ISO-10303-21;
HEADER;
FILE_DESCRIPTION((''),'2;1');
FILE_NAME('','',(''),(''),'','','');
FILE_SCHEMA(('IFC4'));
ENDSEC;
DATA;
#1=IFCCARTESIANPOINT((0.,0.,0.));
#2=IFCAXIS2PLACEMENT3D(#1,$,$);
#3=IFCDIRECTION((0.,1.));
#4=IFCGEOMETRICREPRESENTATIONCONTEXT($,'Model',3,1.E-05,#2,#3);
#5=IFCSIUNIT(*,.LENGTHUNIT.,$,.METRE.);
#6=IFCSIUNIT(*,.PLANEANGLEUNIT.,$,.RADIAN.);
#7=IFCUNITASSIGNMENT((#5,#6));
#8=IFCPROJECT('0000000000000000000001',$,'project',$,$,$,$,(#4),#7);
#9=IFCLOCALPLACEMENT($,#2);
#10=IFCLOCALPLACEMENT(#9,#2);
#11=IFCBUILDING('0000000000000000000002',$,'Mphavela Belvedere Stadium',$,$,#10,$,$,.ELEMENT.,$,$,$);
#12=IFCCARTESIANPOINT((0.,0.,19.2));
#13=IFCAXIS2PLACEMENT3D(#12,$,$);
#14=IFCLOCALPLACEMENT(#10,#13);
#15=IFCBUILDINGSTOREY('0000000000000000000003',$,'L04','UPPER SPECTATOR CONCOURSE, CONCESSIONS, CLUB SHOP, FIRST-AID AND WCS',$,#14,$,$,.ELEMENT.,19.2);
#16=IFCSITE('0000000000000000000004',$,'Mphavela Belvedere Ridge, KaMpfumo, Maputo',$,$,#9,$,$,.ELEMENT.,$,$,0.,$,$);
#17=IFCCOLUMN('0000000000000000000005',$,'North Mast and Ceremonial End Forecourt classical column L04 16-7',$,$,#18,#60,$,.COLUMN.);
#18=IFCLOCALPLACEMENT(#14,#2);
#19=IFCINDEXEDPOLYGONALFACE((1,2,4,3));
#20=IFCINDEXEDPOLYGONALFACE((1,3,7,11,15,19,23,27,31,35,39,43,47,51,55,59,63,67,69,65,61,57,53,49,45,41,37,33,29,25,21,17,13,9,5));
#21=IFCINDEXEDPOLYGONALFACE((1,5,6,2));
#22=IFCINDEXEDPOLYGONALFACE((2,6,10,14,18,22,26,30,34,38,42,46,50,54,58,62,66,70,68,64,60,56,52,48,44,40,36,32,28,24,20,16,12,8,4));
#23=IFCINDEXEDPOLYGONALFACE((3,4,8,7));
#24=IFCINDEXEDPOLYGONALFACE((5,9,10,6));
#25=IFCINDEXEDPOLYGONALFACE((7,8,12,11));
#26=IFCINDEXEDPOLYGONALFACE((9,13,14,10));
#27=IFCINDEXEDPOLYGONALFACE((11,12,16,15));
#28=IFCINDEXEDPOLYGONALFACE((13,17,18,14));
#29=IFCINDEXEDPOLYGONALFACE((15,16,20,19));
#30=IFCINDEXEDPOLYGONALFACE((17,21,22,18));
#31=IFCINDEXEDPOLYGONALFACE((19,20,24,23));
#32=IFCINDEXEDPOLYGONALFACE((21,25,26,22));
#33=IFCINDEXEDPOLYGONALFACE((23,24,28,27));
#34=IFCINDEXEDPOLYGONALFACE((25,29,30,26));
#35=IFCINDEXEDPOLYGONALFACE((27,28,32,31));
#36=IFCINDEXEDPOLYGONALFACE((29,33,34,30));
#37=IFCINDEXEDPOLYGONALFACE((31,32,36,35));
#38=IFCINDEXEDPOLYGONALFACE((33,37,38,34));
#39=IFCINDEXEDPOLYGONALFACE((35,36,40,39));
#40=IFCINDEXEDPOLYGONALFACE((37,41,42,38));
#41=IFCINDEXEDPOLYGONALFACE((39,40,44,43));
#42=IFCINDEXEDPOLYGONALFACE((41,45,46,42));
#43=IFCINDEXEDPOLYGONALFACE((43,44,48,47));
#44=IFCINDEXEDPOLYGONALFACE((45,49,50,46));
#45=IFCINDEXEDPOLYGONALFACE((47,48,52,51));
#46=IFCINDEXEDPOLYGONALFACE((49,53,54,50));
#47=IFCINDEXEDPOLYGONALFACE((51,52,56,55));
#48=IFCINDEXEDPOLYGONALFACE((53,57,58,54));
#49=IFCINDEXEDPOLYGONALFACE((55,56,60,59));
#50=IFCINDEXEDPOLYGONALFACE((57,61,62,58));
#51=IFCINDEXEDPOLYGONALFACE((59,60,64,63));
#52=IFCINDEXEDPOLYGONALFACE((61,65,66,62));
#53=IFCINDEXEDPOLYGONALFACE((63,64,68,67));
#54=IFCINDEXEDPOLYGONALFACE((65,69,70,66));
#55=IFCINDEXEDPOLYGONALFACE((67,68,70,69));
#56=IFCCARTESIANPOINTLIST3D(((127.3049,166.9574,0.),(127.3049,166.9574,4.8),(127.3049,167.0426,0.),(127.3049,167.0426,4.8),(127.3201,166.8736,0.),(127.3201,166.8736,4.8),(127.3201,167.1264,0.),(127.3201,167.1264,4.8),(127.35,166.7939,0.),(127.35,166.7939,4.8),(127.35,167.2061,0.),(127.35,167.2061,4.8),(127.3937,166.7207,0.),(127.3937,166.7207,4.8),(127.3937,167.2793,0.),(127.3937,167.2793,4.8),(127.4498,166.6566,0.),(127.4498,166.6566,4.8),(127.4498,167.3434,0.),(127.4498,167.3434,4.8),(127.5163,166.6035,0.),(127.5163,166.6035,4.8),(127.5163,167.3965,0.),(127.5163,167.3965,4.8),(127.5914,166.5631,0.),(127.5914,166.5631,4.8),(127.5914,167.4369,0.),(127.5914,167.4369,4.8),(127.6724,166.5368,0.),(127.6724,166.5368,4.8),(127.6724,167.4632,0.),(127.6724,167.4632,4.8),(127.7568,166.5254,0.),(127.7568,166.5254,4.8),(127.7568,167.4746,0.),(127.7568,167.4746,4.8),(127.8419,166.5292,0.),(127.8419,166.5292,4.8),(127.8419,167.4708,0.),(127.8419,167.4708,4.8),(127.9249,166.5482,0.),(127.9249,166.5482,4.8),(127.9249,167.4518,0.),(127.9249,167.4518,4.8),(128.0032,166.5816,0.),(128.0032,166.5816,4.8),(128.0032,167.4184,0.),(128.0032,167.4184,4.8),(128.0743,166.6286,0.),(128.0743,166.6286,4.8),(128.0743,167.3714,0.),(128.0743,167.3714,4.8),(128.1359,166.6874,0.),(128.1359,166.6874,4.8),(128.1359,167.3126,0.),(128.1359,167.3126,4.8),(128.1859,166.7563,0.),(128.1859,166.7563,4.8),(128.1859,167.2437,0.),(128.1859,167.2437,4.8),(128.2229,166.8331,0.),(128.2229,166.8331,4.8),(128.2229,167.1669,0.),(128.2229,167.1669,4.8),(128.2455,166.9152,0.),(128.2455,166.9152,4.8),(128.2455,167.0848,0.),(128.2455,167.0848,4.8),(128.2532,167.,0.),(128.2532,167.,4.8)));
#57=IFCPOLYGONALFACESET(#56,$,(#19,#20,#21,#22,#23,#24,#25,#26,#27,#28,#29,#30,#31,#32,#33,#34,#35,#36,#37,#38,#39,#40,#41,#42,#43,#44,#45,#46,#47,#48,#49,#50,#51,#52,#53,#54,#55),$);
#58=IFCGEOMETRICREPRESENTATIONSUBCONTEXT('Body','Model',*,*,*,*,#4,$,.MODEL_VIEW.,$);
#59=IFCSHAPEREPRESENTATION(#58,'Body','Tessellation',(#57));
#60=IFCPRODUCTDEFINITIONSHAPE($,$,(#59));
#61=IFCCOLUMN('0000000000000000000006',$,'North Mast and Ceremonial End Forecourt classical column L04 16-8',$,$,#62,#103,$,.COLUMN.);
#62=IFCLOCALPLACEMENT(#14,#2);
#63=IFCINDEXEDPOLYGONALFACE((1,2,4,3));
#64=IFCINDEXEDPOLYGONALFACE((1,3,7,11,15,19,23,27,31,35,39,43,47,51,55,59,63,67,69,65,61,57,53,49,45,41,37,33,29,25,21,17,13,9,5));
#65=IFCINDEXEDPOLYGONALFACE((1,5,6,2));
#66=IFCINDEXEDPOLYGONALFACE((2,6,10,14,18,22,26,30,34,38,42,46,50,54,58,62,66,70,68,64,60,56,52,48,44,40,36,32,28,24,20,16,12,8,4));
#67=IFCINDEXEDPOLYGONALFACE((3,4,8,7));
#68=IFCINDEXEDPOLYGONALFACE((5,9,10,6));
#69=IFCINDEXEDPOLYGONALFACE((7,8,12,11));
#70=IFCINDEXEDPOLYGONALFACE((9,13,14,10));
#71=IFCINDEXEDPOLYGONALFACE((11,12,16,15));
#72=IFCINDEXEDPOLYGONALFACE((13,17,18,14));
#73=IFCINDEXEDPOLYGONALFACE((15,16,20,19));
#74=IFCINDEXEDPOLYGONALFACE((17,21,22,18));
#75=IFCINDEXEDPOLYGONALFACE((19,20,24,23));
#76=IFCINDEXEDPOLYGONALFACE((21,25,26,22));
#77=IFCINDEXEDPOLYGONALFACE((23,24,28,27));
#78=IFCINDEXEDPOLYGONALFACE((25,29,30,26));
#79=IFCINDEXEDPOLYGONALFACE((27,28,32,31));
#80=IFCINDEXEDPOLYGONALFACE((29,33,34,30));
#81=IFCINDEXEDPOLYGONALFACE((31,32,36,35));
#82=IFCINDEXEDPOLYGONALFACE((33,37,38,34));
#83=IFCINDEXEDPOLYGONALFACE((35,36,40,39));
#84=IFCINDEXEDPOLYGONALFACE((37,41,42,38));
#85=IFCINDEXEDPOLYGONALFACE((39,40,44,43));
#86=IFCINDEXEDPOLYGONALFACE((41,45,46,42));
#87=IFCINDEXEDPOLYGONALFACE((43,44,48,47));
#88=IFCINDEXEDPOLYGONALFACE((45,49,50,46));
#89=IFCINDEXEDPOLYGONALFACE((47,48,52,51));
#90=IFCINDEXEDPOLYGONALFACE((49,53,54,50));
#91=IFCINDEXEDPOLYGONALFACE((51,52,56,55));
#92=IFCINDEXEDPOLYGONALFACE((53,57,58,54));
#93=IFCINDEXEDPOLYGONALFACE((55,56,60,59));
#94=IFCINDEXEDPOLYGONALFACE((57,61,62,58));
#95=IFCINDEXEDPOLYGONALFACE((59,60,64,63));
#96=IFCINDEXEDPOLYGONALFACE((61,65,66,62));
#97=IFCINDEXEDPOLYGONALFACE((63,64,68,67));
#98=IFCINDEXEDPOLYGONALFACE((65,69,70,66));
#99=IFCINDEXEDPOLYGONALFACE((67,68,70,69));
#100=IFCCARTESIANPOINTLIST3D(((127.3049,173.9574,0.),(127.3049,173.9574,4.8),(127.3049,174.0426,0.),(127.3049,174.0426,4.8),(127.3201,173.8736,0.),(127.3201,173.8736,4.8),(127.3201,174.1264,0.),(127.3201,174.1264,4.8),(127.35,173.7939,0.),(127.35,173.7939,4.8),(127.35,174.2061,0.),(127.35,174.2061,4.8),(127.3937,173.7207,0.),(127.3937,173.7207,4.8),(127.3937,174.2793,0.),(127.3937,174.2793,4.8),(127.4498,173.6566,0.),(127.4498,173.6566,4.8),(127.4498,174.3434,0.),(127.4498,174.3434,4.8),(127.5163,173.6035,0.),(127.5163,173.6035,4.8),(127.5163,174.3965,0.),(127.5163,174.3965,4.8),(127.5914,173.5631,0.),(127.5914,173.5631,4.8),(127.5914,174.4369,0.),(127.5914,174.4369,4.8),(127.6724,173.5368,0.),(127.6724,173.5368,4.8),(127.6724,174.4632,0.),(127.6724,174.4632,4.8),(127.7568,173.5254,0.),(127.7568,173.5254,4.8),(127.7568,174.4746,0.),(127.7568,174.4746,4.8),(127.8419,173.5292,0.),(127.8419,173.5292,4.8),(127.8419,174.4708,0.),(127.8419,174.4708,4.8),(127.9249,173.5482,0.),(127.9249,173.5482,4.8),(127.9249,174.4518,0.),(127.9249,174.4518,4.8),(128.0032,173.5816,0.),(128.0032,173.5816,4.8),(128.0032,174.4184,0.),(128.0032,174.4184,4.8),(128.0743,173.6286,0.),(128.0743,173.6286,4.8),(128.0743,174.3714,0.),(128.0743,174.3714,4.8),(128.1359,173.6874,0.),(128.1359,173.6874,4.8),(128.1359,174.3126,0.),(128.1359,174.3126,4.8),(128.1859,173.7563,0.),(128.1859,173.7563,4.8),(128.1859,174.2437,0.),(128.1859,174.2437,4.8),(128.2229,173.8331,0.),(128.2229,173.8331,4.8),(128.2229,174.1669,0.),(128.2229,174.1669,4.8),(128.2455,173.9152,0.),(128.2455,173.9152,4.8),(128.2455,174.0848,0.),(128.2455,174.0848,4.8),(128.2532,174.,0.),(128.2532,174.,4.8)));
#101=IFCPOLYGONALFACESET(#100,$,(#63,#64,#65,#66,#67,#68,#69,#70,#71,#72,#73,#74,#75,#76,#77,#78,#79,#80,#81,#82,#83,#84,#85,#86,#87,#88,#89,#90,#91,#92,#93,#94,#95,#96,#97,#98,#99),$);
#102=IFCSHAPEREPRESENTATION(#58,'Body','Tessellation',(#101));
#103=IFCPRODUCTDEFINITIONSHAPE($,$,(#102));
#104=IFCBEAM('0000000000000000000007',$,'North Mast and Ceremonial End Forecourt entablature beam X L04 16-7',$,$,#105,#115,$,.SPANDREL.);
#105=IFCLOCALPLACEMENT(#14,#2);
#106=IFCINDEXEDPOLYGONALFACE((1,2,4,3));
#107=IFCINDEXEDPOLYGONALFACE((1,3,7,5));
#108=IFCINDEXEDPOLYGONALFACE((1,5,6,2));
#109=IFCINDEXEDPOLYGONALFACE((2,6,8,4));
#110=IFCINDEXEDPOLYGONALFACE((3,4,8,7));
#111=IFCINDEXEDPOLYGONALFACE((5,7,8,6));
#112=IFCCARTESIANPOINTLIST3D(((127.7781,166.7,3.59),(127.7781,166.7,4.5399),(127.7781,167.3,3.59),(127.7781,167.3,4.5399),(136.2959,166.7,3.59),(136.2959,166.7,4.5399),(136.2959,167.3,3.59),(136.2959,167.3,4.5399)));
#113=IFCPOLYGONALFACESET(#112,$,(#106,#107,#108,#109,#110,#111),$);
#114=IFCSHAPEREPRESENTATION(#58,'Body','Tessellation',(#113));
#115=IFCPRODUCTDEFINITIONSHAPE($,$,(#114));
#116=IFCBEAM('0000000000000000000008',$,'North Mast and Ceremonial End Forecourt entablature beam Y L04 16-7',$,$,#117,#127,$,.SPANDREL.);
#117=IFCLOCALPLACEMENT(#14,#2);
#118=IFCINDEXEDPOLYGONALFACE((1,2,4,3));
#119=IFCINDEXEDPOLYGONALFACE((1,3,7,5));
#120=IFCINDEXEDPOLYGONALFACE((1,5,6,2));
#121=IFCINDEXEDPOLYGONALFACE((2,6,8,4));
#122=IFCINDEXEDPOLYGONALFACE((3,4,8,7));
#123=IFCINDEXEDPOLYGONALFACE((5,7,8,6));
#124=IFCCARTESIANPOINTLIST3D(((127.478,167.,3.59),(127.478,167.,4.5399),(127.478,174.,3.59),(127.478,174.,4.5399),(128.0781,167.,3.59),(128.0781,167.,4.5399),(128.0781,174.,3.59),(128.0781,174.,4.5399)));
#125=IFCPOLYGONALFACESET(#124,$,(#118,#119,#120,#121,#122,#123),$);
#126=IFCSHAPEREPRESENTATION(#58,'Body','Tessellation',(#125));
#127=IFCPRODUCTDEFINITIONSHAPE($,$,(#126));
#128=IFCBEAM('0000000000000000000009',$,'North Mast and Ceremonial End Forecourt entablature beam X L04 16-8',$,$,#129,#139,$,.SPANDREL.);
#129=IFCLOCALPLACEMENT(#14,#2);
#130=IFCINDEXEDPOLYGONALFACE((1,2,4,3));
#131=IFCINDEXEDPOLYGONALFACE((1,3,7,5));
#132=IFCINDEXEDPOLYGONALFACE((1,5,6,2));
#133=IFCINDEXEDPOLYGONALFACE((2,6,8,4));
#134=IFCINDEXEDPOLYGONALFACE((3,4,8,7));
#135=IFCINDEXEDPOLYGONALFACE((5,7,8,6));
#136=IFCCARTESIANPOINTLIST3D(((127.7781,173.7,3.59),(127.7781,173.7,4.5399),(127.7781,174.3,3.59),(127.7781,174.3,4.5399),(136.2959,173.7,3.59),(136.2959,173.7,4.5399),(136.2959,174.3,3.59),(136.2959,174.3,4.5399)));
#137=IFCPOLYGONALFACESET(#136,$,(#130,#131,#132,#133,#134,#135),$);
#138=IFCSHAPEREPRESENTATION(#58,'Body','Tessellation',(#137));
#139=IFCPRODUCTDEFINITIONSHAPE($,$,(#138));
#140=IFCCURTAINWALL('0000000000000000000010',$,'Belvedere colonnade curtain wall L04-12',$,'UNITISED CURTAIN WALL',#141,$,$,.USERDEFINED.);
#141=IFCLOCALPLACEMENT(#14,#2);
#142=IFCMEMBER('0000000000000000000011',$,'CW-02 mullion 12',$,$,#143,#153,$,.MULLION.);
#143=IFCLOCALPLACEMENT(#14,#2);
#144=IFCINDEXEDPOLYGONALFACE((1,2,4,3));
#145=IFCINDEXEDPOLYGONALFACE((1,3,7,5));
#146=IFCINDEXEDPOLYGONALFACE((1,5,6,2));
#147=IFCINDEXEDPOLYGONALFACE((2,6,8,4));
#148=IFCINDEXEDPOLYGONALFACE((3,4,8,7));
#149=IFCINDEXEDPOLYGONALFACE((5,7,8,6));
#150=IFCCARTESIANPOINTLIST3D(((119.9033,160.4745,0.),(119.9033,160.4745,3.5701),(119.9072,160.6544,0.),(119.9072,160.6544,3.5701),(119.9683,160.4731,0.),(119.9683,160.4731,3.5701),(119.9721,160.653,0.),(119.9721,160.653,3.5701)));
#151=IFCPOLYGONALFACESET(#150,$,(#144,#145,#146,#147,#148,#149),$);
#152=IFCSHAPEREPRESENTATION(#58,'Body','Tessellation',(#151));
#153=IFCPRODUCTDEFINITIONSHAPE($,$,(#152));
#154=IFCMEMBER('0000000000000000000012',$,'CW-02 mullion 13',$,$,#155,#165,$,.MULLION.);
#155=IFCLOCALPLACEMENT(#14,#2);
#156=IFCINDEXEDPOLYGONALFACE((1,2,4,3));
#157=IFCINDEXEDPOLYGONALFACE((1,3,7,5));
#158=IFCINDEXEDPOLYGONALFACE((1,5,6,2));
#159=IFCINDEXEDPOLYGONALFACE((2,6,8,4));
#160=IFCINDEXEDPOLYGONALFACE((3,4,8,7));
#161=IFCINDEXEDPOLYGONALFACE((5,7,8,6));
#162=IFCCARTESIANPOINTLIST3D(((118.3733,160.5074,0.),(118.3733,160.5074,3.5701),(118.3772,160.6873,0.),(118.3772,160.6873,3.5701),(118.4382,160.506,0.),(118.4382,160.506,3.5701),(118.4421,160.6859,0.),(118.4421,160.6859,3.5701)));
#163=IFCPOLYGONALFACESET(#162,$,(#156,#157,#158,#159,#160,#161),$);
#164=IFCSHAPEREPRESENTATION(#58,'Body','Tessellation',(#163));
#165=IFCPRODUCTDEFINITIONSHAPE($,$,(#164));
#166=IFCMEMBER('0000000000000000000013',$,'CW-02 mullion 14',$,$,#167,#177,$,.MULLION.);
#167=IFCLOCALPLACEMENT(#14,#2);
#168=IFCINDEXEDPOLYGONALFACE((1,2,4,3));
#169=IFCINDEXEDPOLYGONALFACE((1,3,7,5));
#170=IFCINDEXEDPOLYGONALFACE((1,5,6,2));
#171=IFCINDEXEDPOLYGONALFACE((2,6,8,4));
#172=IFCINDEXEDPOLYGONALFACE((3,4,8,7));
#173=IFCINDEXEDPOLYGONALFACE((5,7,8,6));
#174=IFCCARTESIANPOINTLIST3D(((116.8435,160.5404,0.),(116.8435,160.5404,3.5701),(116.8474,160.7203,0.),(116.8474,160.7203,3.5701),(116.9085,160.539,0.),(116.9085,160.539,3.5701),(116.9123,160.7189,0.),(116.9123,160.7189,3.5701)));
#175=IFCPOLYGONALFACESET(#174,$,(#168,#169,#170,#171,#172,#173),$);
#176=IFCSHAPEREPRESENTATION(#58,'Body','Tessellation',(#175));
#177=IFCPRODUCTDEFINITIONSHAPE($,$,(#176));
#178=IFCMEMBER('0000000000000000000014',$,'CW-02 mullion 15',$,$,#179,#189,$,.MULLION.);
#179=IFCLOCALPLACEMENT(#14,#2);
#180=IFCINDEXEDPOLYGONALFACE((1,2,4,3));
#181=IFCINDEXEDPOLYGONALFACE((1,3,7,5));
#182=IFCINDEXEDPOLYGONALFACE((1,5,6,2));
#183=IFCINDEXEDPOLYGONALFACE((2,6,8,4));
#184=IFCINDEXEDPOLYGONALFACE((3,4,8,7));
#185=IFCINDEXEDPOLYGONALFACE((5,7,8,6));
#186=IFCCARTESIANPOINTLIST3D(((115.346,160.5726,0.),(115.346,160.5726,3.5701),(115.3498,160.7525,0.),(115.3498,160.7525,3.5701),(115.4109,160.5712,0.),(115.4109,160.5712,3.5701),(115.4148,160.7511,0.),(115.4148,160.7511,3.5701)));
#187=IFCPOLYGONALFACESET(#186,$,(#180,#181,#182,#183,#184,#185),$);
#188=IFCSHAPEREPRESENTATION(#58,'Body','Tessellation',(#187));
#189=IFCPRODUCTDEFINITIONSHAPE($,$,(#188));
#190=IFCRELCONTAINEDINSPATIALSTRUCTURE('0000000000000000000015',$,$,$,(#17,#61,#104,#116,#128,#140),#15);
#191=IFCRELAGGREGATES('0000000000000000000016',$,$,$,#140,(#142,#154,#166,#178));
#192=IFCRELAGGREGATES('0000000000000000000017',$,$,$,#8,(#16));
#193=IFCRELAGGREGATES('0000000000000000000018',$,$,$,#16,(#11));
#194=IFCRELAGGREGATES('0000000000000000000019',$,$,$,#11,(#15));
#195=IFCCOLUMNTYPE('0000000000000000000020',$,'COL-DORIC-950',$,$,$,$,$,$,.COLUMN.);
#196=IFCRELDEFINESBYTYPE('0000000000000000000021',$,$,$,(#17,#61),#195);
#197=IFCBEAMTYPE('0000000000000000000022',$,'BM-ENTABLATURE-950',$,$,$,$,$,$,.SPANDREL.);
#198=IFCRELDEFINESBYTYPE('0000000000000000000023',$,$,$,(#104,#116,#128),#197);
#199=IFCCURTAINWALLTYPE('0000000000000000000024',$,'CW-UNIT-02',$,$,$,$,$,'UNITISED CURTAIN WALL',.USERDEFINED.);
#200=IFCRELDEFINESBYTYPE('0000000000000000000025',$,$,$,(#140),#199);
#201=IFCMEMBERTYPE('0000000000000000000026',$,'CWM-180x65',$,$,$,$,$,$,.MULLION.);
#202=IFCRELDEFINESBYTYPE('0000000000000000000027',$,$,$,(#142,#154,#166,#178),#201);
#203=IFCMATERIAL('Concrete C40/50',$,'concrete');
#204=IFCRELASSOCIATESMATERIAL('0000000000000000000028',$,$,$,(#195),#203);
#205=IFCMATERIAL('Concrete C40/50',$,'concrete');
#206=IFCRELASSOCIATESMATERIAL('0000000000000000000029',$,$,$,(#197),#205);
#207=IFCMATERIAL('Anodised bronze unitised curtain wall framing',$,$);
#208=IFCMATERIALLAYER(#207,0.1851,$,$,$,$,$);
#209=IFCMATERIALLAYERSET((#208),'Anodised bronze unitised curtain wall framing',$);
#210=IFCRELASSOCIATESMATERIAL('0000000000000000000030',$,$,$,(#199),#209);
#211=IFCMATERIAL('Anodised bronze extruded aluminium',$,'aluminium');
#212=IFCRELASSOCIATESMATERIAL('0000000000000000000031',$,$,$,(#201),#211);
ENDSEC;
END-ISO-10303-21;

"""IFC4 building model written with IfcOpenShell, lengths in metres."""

from ifc_helpers import new_model, si_unit, direction, frame, origin, origin_2d, place, context, subcontext, project, spatial, rectangle, circle, extrude, material, layer, layer_set, material_profile, profile_set, type_object, element, aggregate, save


model = new_model("IFC4")

# Units and contexts
model_context = context("Model", 3, precision=1e-05, world=origin(), true_north=direction((0.0, 1.0)))
body_context = subcontext(model_context, "Body", "Model", "MODEL_VIEW")
ifc_project = project(units=[si_unit("LENGTHUNIT", "METRE"), si_unit("PLANEANGLEUNIT", "RADIAN")], contexts=[model_context])

# Site, building, storey
site_placement = place(None, origin())
site = spatial("IfcSite", under=ifc_project, at=site_placement, Name="Mphavela Belvedere Ridge, KaMpfumo, Maputo", CompositionType="ELEMENT", RefElevation=0.0)
building_placement = place(site_placement, origin())
building = spatial("IfcBuilding", under=site, at=building_placement, Name="Mphavela Belvedere Stadium", CompositionType="ELEMENT")
storey_placement = place(building_placement, frame((0.0, 0.0, 19.2)))
storey = spatial("IfcBuildingStorey", under=building, at=storey_placement, Name="L04", Description="UPPER SPECTATOR CONCOURSE, CONCESSIONS, CLUB SHOP, FIRST-AID AND WCS", CompositionType="ELEMENT", Elevation=19.2)

# Columns
ifc_material_1 = material(Name="Concrete C40/50", Category="concrete")
ifc_material_profile_1 = material_profile(ifc_material_1, circle(Radius=0.4751, at=origin_2d()), Name="COL D950")
ifc_profile_set_1 = profile_set([ifc_material_profile_1], Name="Concrete C40/50")
column_type = type_object("IfcColumnType", Name="COL-DORIC-950", PredefinedType="COLUMN", material=ifc_profile_set_1)
for number, where, z_axis, x_axis, name in (
    (1, (127.7781, 167.0, 0.0), (0.0, 0.0, 1.0), (1.0, 0.0, 0.0), "North Mast and Ceremonial End Forecourt classical column L04 16-7"),
    (2, (127.7781, 174.0, 0.0), (0.0, 0.0, 1.0), (1.0, 0.0, 0.0), "North Mast and Ceremonial End Forecourt classical column L04 16-8"),
):
    element("IfcColumn", number, at=place(storey_placement, frame(where, z_axis=z_axis, x_axis=x_axis)), inside=storey, type_object=column_type, Name=name, PredefinedType="COLUMN", context=body_context, shape_type="SweptSolid", body=[
        extrude(circle(Radius=0.4751, at=origin_2d()), origin(), (0.0, 0.0, 1.0), 4.8),
    ])

# Beams
ifc_material_2 = material(Name="Concrete C40/50", Category="concrete")
ifc_material_profile_2 = material_profile(ifc_material_2, rectangle(XDim=0.6001, YDim=0.95, at=origin_2d()), Name="RC 600x950")
ifc_profile_set_2 = profile_set([ifc_material_profile_2], Name="Concrete C40/50")
beam_type = type_object("IfcBeamType", Name="BM-ENTABLATURE-950", PredefinedType="SPANDREL", material=ifc_profile_set_2)
beam_1_placement = place(storey_placement, frame((127.7781, 167.0, 4.0649), z_axis=(1.0, 0.0, 0.0), x_axis=(0.0, 1.0, 0.0)))
element("IfcBeam", 3, at=beam_1_placement, inside=storey, type_object=beam_type, Name="North Mast and Ceremonial End Forecourt entablature beam X L04 16-7", PredefinedType="SPANDREL", context=body_context, shape_type="SweptSolid", body=[
    extrude(rectangle(XDim=0.6001, YDim=0.95, at=origin_2d()), origin(), (0.0, 0.0, 1.0), 8.5178),
])
beam_2_placement = place(storey_placement, frame((127.7781, 167.0, 4.0649), z_axis=(0.0, 1.0, 0.0), x_axis=(-1.0, 0.0, 0.0)))
element("IfcBeam", 4, at=beam_2_placement, inside=storey, type_object=beam_type, Name="North Mast and Ceremonial End Forecourt entablature beam Y L04 16-7", PredefinedType="SPANDREL", context=body_context, shape_type="SweptSolid", body=[
    extrude(rectangle(XDim=0.6001, YDim=0.95, at=origin_2d()), origin(), (0.0, 0.0, 1.0), 7.0),
])
beam_3_placement = place(storey_placement, frame((127.7781, 174.0, 4.0649), z_axis=(1.0, 0.0, 0.0), x_axis=(0.0, 1.0, 0.0)))
element("IfcBeam", 5, at=beam_3_placement, inside=storey, type_object=beam_type, Name="North Mast and Ceremonial End Forecourt entablature beam X L04 16-8", PredefinedType="SPANDREL", context=body_context, shape_type="SweptSolid", body=[
    extrude(rectangle(XDim=0.6001, YDim=0.95, at=origin_2d()), origin(), (0.0, 0.0, 1.0), 8.5178),
])

# Curtain wall, members
ifc_material_3 = material(Name="Anodised bronze unitised curtain wall framing")
ifc_layer_1 = layer(ifc_material_3, 0.1851)
ifc_layer_set_1 = layer_set([ifc_layer_1], Name="Anodised bronze unitised curtain wall framing")
curtain_wall_type = type_object("IfcCurtainWallType", Name="CW-UNIT-02", ElementType="UNITISED CURTAIN WALL", PredefinedType="USERDEFINED", material=ifc_layer_set_1)
curtain_wall_placement = place(storey_placement, origin())
curtain_wall = element("IfcCurtainWall", 6, at=curtain_wall_placement, inside=storey, type_object=curtain_wall_type, Name="Belvedere colonnade curtain wall L04-12", ObjectType="UNITISED CURTAIN WALL", PredefinedType="USERDEFINED")
ifc_material_4 = material(Name="Anodised bronze extruded aluminium", Category="aluminium")
ifc_material_profile_3 = material_profile(ifc_material_4, rectangle(XDim=0.1799, YDim=0.0649, at=origin_2d()), Name="CW-MUL 180x65")
ifc_profile_set_3 = profile_set([ifc_material_profile_3], Name="Anodised bronze extruded aluminium")
member_type_1 = type_object("IfcMemberType", Name="CWM-180x65", PredefinedType="MULLION", material=ifc_profile_set_3)
member_1_placement = place(storey_placement, frame((119.9377, 160.5637, 0.0), z_axis=(0.0, 0.0, 1.0), x_axis=(-0.021527, -0.999768, 0.0)))
member_1 = element("IfcMember", 7, at=member_1_placement, type_object=member_type_1, Name="CW-02 mullion 12", PredefinedType="MULLION", context=body_context, shape_type="SweptSolid", body=[
    extrude(rectangle(XDim=0.1799, YDim=0.0649, at=origin_2d()), origin(), (0.0, 0.0, 1.0), 3.5701),
])
member_2_placement = place(storey_placement, frame((118.4077, 160.5967, 0.0), z_axis=(0.0, 0.0, 1.0), x_axis=(-0.021527, -0.999768, 0.0)))
member_2 = element("IfcMember", 8, at=member_2_placement, type_object=member_type_1, Name="CW-02 mullion 13", PredefinedType="MULLION", context=body_context, shape_type="SweptSolid", body=[
    extrude(rectangle(XDim=0.1799, YDim=0.0649, at=origin_2d()), origin(), (0.0, 0.0, 1.0), 3.5701),
])
member_3_placement = place(storey_placement, frame((116.8779, 160.6296, 0.0), z_axis=(0.0, 0.0, 1.0), x_axis=(-0.021527, -0.999768, 0.0)))
member_3 = element("IfcMember", 9, at=member_3_placement, type_object=member_type_1, Name="CW-02 mullion 14", PredefinedType="MULLION", context=body_context, shape_type="SweptSolid", body=[
    extrude(rectangle(XDim=0.1799, YDim=0.0649, at=origin_2d()), origin(), (0.0, 0.0, 1.0), 3.5701),
])
member_4_placement = place(storey_placement, frame((115.3804, 160.6619, 0.0), z_axis=(0.0, 0.0, 1.0), x_axis=(-0.021527, -0.999768, 0.0)))
member_4 = element("IfcMember", 10, at=member_4_placement, type_object=member_type_1, Name="CW-02 mullion 15", PredefinedType="MULLION", context=body_context, shape_type="SweptSolid", body=[
    extrude(rectangle(XDim=0.1799, YDim=0.0649, at=origin_2d()), origin(), (0.0, 0.0, 1.0), 3.5701),
])
aggregate(curtain_wall, [member_1, member_2, member_3, member_4])

save(model, "model.ifc")
